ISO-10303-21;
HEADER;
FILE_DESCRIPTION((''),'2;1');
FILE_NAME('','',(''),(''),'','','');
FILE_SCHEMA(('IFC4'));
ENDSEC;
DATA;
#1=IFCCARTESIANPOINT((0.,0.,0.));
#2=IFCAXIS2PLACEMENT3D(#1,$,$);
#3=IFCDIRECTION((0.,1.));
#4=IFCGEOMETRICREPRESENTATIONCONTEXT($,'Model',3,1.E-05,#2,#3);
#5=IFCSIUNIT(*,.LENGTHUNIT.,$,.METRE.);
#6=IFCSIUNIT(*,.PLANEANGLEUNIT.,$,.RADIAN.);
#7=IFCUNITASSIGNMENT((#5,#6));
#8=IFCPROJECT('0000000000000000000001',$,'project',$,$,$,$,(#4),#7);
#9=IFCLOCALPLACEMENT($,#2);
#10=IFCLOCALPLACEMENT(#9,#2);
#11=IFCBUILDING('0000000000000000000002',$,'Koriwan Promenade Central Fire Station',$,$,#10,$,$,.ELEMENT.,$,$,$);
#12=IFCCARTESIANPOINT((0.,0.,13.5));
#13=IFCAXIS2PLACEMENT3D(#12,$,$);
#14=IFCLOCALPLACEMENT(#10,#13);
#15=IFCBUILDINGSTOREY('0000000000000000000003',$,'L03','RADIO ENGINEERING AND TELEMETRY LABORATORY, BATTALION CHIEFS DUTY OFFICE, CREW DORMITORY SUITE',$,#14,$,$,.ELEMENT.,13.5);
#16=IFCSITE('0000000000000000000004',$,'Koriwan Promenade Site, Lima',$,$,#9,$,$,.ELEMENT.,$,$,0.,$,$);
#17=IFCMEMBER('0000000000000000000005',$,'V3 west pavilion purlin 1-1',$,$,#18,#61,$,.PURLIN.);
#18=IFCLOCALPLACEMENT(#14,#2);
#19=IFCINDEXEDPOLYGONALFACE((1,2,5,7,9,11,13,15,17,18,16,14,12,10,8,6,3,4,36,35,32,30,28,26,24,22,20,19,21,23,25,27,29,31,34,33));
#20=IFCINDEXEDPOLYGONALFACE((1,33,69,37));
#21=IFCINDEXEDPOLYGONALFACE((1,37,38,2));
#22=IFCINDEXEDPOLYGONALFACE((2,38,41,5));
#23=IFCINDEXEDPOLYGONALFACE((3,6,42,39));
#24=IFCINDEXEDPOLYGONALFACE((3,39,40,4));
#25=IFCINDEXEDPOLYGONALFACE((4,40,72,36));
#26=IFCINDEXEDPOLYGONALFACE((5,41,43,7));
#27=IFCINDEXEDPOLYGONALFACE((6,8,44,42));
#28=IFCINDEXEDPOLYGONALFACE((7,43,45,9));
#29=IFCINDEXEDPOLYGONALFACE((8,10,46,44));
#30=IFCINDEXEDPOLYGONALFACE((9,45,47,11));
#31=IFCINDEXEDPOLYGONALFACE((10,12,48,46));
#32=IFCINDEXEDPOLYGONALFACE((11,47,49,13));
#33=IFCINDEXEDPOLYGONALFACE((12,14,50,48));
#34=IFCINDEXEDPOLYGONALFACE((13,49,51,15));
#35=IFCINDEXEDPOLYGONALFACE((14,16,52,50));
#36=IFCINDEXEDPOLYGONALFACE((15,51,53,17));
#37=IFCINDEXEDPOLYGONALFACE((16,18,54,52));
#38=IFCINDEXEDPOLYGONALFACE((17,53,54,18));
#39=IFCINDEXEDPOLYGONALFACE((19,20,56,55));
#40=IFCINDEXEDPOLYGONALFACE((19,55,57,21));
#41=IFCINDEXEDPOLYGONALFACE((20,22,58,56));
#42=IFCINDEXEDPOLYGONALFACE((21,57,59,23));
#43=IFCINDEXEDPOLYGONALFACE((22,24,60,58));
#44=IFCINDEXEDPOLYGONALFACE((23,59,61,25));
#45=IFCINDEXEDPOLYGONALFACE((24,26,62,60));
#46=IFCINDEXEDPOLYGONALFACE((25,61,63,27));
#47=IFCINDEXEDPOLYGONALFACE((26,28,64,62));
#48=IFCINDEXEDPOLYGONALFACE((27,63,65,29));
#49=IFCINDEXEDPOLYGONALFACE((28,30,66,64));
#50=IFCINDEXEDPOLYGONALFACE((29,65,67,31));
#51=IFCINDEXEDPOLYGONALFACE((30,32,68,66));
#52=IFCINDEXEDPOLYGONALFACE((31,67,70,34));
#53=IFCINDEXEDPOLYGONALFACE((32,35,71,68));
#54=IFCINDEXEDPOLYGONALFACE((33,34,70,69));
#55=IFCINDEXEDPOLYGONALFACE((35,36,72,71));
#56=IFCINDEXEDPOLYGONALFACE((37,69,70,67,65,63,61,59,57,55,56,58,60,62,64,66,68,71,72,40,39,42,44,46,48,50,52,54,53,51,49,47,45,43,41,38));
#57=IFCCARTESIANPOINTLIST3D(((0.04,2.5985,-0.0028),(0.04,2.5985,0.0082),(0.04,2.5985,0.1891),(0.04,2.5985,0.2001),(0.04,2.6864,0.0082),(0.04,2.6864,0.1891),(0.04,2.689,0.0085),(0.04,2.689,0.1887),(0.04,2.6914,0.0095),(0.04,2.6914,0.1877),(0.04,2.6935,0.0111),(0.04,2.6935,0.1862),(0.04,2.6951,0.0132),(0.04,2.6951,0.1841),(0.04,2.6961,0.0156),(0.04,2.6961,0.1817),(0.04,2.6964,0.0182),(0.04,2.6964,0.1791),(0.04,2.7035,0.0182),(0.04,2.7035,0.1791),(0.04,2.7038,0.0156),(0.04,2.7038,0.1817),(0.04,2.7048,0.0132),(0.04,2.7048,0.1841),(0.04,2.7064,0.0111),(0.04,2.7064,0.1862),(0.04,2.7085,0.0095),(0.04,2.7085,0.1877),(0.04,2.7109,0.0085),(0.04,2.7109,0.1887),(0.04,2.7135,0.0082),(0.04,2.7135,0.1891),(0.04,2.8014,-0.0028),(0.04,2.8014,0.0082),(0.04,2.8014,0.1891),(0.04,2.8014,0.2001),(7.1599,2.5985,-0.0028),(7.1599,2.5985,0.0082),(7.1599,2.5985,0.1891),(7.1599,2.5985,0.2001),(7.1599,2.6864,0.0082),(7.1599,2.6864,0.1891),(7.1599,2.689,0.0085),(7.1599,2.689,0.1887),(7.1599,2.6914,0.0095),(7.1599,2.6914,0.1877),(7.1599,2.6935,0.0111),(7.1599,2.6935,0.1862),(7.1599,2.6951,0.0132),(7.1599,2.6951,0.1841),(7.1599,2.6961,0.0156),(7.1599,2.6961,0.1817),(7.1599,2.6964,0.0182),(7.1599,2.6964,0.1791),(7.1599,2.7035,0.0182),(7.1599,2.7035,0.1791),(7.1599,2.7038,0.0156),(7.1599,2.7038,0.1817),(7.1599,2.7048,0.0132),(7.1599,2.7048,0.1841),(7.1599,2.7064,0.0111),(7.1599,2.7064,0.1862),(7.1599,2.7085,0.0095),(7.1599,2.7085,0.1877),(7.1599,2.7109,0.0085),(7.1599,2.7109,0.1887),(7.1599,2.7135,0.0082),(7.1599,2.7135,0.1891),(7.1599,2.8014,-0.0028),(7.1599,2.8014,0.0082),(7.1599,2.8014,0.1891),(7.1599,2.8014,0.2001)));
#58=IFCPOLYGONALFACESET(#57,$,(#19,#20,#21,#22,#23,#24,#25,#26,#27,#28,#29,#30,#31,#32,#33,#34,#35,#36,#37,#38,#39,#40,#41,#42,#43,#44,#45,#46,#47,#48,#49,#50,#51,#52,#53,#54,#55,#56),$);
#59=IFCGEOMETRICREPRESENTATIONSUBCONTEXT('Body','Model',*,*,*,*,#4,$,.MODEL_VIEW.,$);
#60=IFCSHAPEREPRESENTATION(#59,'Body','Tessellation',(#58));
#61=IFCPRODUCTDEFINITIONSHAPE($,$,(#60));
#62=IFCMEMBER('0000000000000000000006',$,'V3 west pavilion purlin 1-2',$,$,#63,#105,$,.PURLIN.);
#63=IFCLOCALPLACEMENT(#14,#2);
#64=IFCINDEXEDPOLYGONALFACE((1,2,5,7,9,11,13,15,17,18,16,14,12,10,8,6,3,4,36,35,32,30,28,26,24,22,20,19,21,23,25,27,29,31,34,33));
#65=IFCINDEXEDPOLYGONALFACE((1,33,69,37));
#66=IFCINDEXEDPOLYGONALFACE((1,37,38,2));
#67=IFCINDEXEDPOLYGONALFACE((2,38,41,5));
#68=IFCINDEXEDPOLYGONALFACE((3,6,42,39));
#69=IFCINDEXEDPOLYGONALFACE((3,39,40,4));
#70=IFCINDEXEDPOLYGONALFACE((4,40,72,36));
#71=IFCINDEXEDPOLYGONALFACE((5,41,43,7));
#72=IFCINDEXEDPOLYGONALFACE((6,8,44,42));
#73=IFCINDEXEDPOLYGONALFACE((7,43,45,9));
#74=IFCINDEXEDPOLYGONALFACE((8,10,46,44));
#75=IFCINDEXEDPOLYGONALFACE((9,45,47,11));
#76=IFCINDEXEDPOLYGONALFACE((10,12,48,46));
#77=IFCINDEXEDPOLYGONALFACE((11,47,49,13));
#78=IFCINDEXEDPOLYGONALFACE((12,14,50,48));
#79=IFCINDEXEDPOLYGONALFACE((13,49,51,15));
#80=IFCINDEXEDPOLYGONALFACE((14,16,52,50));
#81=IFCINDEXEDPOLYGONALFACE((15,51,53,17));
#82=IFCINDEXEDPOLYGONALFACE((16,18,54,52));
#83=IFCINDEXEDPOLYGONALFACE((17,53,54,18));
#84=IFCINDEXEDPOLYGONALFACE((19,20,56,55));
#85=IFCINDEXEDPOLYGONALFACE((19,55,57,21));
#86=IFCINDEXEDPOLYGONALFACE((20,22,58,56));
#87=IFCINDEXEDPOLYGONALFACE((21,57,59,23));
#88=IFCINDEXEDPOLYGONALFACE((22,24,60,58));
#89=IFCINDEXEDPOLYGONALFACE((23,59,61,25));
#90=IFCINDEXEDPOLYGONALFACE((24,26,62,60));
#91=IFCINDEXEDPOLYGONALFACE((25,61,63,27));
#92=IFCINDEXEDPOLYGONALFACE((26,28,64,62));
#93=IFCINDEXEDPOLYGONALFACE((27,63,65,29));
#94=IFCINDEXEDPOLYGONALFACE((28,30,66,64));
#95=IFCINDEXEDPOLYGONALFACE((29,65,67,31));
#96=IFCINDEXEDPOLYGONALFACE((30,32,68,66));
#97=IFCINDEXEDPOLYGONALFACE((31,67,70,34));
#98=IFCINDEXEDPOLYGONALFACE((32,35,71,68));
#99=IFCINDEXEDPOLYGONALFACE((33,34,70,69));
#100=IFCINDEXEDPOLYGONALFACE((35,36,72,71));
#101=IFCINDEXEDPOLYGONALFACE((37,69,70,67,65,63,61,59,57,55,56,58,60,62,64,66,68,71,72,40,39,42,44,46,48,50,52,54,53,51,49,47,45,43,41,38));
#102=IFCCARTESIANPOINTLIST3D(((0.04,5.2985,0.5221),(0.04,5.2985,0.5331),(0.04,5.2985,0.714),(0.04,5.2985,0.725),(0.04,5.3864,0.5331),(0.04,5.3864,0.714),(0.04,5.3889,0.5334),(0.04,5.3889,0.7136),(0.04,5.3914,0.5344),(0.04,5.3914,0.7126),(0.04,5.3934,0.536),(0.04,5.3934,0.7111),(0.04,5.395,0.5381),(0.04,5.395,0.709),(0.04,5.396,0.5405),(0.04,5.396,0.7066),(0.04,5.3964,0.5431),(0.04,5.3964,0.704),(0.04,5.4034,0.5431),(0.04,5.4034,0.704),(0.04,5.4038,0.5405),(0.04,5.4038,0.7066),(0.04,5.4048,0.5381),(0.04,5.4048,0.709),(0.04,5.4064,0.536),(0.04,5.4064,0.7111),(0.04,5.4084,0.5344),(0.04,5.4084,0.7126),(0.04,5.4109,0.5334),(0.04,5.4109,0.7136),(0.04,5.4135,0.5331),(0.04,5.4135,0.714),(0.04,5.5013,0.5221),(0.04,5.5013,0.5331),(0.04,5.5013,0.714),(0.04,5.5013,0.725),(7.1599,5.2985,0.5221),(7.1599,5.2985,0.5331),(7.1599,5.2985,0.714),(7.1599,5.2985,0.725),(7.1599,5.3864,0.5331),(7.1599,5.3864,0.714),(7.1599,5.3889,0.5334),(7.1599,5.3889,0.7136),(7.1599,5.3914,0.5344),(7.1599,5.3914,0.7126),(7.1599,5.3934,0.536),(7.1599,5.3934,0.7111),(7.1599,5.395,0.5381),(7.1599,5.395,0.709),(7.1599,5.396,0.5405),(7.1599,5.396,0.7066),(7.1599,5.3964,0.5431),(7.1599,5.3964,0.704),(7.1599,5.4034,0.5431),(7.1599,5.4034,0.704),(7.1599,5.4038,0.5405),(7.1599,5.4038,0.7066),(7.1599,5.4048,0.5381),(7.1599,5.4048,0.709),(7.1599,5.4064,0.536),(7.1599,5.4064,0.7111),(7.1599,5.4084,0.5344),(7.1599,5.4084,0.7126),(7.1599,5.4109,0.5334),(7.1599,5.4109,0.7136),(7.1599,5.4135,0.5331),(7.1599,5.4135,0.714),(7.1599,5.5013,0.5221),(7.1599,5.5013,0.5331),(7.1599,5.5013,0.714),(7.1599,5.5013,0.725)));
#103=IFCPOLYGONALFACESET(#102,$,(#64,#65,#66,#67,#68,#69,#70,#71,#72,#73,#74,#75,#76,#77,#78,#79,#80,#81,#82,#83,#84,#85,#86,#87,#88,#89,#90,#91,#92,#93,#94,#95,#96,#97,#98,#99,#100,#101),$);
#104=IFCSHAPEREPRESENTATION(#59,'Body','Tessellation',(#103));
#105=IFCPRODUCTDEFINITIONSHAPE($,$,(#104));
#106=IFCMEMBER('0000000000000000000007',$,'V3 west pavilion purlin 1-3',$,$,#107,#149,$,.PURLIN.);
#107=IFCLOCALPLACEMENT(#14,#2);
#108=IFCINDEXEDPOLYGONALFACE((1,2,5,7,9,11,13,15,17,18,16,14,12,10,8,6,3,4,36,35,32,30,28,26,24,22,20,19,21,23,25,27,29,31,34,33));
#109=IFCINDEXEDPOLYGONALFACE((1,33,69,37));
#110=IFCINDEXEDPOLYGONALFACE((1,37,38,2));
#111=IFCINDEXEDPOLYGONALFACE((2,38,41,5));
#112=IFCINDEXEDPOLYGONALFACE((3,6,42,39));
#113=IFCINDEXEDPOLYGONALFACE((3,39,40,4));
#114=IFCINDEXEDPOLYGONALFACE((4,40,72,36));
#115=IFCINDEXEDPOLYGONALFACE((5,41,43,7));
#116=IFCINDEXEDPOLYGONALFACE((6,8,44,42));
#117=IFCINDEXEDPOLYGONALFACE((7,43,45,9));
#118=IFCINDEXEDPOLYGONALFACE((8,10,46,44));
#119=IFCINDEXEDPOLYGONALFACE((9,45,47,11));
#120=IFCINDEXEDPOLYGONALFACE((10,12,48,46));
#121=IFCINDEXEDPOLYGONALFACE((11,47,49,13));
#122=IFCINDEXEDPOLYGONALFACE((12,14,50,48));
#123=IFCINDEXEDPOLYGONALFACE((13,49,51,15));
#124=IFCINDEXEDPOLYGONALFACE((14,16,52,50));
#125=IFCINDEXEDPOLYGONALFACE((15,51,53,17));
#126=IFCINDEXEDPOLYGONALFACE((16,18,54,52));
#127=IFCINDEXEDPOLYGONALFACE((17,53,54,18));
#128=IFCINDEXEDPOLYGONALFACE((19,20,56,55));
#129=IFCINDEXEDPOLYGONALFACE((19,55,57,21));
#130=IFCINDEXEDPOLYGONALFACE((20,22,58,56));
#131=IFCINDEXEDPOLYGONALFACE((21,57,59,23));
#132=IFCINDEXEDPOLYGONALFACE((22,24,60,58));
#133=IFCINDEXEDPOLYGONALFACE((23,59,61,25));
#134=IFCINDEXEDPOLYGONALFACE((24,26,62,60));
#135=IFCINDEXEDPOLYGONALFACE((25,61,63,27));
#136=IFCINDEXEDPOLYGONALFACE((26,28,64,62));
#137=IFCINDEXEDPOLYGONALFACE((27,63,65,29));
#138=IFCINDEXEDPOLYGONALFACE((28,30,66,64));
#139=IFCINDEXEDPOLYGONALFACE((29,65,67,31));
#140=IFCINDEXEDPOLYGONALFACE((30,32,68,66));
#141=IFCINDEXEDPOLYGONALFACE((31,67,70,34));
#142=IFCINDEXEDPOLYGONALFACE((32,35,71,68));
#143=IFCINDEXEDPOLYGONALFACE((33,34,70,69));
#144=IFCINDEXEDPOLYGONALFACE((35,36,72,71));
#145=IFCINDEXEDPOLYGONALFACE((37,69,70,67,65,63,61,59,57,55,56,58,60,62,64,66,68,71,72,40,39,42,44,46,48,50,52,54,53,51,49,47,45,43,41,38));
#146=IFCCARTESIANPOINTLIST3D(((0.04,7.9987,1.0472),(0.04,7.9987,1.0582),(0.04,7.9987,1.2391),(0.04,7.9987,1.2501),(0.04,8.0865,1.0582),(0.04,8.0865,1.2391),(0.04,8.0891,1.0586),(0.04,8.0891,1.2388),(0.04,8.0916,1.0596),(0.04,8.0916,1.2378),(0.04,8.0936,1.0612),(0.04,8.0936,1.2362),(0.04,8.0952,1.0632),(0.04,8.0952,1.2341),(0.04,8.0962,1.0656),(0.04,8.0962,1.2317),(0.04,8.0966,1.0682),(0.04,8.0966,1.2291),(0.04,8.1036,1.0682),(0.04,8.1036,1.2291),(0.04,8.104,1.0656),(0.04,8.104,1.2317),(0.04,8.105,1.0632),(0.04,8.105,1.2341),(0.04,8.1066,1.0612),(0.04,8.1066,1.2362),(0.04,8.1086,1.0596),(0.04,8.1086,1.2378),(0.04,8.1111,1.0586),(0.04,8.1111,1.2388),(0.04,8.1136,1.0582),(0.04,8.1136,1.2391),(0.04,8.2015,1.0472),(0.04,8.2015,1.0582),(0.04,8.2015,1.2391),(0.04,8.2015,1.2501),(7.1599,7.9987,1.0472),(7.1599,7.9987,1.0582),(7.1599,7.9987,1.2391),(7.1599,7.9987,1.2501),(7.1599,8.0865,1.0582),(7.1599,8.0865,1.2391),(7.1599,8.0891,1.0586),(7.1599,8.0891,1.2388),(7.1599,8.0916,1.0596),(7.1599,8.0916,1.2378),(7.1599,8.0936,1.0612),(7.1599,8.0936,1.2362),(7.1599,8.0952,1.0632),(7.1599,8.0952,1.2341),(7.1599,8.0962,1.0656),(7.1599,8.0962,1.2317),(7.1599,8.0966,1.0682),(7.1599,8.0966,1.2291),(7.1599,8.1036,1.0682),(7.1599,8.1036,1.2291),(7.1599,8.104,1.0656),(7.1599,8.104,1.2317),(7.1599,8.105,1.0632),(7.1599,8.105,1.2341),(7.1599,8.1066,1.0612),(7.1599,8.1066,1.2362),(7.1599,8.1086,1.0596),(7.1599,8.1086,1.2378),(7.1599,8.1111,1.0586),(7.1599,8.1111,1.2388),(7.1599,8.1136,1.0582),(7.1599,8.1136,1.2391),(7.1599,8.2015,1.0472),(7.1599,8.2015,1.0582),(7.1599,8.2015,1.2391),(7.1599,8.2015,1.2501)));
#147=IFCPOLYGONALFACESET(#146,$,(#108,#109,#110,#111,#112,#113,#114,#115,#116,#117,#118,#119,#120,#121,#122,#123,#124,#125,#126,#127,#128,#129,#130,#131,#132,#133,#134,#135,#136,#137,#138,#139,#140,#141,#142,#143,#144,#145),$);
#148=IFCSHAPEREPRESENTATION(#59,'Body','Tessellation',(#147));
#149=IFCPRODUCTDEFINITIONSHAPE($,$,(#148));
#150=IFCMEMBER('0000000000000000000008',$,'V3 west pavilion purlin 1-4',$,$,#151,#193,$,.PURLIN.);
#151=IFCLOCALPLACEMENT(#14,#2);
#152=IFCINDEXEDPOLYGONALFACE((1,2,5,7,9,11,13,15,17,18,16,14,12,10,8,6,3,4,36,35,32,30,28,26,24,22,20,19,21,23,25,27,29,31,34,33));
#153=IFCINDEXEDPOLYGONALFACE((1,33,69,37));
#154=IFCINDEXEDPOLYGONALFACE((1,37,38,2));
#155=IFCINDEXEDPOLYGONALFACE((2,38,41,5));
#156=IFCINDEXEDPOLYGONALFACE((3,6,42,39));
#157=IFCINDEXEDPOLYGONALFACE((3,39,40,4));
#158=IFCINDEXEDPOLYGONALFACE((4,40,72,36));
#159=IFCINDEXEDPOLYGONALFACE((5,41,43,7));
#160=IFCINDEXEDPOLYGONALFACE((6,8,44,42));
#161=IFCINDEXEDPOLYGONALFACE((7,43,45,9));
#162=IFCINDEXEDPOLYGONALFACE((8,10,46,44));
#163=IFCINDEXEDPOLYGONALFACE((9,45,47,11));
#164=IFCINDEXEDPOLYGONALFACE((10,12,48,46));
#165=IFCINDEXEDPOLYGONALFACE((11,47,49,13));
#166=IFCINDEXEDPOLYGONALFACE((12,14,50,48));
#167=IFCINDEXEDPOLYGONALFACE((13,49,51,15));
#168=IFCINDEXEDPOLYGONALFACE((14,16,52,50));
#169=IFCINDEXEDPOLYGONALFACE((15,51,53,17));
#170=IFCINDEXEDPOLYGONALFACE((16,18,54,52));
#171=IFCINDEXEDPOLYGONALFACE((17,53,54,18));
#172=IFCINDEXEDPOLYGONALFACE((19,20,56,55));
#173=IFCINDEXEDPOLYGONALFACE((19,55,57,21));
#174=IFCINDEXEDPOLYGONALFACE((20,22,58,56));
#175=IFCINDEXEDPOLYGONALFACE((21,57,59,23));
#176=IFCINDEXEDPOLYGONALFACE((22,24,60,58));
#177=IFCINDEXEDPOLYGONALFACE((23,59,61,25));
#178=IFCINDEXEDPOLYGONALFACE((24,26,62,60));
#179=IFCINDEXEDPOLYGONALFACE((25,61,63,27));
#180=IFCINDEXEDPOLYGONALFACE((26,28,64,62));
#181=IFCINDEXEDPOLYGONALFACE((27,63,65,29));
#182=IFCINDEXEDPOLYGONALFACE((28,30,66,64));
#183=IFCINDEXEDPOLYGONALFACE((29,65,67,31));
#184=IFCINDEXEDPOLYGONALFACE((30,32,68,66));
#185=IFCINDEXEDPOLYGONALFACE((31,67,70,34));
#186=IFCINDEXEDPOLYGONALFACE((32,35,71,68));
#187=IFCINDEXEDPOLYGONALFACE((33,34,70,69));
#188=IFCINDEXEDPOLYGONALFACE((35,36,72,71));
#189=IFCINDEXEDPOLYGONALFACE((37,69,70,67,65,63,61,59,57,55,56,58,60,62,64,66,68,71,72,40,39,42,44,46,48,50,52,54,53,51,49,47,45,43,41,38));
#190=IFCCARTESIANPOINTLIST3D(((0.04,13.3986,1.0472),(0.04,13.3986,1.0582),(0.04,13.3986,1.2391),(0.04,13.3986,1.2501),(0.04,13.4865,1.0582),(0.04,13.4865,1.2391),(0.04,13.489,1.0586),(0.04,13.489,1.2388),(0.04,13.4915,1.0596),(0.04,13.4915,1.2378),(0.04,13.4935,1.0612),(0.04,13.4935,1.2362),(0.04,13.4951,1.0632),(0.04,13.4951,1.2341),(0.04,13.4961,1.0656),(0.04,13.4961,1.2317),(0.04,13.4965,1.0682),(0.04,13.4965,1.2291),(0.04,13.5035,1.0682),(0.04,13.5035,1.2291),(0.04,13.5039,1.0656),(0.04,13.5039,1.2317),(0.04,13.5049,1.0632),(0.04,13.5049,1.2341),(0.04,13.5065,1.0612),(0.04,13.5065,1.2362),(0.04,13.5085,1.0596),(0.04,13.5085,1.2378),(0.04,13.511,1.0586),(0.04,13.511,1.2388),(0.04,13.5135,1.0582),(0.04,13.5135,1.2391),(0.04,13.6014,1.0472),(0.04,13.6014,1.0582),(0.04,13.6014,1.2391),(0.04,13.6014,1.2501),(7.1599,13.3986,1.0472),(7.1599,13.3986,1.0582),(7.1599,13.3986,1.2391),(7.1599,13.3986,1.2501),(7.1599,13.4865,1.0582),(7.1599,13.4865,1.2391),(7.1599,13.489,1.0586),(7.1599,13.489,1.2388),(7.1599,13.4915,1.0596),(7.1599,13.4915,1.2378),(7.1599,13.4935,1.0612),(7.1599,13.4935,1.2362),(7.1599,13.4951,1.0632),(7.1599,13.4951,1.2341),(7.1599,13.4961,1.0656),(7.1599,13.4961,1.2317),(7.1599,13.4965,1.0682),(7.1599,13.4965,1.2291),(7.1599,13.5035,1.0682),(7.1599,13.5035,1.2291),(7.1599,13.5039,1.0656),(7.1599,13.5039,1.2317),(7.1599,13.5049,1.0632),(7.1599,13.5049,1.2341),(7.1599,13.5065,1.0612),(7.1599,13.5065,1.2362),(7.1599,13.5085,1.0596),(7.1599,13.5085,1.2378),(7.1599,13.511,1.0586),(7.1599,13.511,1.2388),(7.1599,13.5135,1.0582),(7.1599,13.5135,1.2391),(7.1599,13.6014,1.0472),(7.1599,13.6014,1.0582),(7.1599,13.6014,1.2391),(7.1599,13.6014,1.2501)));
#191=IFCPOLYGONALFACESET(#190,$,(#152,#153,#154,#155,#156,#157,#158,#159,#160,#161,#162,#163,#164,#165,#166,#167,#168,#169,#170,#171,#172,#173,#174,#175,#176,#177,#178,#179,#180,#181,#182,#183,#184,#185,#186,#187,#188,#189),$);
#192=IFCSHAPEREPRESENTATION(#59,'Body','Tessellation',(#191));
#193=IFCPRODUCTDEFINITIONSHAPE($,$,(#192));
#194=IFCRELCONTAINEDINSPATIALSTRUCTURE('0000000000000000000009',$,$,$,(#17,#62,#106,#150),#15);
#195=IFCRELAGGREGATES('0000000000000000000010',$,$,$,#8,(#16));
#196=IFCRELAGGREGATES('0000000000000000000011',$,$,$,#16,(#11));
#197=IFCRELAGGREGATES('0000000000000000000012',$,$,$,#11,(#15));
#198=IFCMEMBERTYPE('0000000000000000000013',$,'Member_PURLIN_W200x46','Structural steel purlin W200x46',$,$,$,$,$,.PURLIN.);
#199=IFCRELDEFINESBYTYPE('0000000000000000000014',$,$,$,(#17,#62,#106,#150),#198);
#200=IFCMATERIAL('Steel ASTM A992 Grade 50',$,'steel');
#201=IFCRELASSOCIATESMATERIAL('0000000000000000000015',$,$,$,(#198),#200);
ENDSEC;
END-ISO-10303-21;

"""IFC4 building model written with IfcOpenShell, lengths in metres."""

from ifc_helpers import new_model, si_unit, direction, frame, origin, origin_2d, place, context, subcontext, project, spatial, i_section, extrude, material, material_profile, profile_set, type_object, element, save


model = new_model("IFC4")

# Units and contexts
model_context = context("Model", 3, precision=1e-05, world=origin(), true_north=direction((0.0, 1.0)))
body_context = subcontext(model_context, "Body", "Model", "MODEL_VIEW")
ifc_project = project(units=[si_unit("LENGTHUNIT", "METRE"), si_unit("PLANEANGLEUNIT", "RADIAN")], contexts=[model_context])

# Site, building, storey
site_placement = place(None, origin())
site = spatial("IfcSite", under=ifc_project, at=site_placement, Name="Koriwan Promenade Site, Lima", CompositionType="ELEMENT", RefElevation=0.0)
building_placement = place(site_placement, origin())
building = spatial("IfcBuilding", under=site, at=building_placement, Name="Koriwan Promenade Central Fire Station", CompositionType="ELEMENT")
storey_placement = place(building_placement, frame((0.0, 0.0, 13.5)))
storey = spatial("IfcBuildingStorey", under=building, at=storey_placement, Name="L03", Description="RADIO ENGINEERING AND TELEMETRY LABORATORY, BATTALION CHIEFS DUTY OFFICE, CREW DORMITORY SUITE", CompositionType="ELEMENT", Elevation=13.5)

# Members
ifc_material_1 = material(Name="Steel ASTM A992 Grade 50", Category="steel")
ifc_material_profile = material_profile(ifc_material_1, i_section(OverallWidth=0.2029, OverallDepth=0.2029, WebThickness=0.0071, FlangeThickness=0.011, FilletRadius=0.01, at=origin_2d()), Name="W200x46")
ifc_profile_set = profile_set([ifc_material_profile], Name="Steel ASTM A992 Grade 50")
member_type = type_object("IfcMemberType", Name="Member_PURLIN_W200x46", Description="Structural steel purlin W200x46", PredefinedType="PURLIN", material=ifc_profile_set)
for number, where, z_axis, x_axis, name in (
    (1, (0.04, 2.7, 0.0986), (1.0, 0.0, 0.0), (0.0, 1.0, 0.0), "V3 west pavilion purlin 1-1"),
    (2, (0.04, 5.3999, 0.6235), (1.0, 0.0, 0.0), (0.0, 1.0, 0.0), "V3 west pavilion purlin 1-2"),
    (3, (0.04, 8.1001, 1.1487), (1.0, 0.0, 0.0), (0.0, 1.0, 0.0), "V3 west pavilion purlin 1-3"),
    (4, (0.04, 13.5, 1.1487), (1.0, 0.0, 0.0), (0.0, 1.0, 0.0), "V3 west pavilion purlin 1-4"),
):
    element("IfcMember", number, at=place(storey_placement, frame(where, z_axis=z_axis, x_axis=x_axis)), inside=storey, type_object=member_type, Name=name, PredefinedType="PURLIN", context=body_context, shape_type="SweptSolid", body=[
        extrude(i_section(OverallWidth=0.2029, OverallDepth=0.2029, WebThickness=0.0071, FlangeThickness=0.011, FilletRadius=0.01, at=origin_2d()), origin(), (0.0, 0.0, 1.0), 7.1199),
    ])

save(model, "model.ifc")
